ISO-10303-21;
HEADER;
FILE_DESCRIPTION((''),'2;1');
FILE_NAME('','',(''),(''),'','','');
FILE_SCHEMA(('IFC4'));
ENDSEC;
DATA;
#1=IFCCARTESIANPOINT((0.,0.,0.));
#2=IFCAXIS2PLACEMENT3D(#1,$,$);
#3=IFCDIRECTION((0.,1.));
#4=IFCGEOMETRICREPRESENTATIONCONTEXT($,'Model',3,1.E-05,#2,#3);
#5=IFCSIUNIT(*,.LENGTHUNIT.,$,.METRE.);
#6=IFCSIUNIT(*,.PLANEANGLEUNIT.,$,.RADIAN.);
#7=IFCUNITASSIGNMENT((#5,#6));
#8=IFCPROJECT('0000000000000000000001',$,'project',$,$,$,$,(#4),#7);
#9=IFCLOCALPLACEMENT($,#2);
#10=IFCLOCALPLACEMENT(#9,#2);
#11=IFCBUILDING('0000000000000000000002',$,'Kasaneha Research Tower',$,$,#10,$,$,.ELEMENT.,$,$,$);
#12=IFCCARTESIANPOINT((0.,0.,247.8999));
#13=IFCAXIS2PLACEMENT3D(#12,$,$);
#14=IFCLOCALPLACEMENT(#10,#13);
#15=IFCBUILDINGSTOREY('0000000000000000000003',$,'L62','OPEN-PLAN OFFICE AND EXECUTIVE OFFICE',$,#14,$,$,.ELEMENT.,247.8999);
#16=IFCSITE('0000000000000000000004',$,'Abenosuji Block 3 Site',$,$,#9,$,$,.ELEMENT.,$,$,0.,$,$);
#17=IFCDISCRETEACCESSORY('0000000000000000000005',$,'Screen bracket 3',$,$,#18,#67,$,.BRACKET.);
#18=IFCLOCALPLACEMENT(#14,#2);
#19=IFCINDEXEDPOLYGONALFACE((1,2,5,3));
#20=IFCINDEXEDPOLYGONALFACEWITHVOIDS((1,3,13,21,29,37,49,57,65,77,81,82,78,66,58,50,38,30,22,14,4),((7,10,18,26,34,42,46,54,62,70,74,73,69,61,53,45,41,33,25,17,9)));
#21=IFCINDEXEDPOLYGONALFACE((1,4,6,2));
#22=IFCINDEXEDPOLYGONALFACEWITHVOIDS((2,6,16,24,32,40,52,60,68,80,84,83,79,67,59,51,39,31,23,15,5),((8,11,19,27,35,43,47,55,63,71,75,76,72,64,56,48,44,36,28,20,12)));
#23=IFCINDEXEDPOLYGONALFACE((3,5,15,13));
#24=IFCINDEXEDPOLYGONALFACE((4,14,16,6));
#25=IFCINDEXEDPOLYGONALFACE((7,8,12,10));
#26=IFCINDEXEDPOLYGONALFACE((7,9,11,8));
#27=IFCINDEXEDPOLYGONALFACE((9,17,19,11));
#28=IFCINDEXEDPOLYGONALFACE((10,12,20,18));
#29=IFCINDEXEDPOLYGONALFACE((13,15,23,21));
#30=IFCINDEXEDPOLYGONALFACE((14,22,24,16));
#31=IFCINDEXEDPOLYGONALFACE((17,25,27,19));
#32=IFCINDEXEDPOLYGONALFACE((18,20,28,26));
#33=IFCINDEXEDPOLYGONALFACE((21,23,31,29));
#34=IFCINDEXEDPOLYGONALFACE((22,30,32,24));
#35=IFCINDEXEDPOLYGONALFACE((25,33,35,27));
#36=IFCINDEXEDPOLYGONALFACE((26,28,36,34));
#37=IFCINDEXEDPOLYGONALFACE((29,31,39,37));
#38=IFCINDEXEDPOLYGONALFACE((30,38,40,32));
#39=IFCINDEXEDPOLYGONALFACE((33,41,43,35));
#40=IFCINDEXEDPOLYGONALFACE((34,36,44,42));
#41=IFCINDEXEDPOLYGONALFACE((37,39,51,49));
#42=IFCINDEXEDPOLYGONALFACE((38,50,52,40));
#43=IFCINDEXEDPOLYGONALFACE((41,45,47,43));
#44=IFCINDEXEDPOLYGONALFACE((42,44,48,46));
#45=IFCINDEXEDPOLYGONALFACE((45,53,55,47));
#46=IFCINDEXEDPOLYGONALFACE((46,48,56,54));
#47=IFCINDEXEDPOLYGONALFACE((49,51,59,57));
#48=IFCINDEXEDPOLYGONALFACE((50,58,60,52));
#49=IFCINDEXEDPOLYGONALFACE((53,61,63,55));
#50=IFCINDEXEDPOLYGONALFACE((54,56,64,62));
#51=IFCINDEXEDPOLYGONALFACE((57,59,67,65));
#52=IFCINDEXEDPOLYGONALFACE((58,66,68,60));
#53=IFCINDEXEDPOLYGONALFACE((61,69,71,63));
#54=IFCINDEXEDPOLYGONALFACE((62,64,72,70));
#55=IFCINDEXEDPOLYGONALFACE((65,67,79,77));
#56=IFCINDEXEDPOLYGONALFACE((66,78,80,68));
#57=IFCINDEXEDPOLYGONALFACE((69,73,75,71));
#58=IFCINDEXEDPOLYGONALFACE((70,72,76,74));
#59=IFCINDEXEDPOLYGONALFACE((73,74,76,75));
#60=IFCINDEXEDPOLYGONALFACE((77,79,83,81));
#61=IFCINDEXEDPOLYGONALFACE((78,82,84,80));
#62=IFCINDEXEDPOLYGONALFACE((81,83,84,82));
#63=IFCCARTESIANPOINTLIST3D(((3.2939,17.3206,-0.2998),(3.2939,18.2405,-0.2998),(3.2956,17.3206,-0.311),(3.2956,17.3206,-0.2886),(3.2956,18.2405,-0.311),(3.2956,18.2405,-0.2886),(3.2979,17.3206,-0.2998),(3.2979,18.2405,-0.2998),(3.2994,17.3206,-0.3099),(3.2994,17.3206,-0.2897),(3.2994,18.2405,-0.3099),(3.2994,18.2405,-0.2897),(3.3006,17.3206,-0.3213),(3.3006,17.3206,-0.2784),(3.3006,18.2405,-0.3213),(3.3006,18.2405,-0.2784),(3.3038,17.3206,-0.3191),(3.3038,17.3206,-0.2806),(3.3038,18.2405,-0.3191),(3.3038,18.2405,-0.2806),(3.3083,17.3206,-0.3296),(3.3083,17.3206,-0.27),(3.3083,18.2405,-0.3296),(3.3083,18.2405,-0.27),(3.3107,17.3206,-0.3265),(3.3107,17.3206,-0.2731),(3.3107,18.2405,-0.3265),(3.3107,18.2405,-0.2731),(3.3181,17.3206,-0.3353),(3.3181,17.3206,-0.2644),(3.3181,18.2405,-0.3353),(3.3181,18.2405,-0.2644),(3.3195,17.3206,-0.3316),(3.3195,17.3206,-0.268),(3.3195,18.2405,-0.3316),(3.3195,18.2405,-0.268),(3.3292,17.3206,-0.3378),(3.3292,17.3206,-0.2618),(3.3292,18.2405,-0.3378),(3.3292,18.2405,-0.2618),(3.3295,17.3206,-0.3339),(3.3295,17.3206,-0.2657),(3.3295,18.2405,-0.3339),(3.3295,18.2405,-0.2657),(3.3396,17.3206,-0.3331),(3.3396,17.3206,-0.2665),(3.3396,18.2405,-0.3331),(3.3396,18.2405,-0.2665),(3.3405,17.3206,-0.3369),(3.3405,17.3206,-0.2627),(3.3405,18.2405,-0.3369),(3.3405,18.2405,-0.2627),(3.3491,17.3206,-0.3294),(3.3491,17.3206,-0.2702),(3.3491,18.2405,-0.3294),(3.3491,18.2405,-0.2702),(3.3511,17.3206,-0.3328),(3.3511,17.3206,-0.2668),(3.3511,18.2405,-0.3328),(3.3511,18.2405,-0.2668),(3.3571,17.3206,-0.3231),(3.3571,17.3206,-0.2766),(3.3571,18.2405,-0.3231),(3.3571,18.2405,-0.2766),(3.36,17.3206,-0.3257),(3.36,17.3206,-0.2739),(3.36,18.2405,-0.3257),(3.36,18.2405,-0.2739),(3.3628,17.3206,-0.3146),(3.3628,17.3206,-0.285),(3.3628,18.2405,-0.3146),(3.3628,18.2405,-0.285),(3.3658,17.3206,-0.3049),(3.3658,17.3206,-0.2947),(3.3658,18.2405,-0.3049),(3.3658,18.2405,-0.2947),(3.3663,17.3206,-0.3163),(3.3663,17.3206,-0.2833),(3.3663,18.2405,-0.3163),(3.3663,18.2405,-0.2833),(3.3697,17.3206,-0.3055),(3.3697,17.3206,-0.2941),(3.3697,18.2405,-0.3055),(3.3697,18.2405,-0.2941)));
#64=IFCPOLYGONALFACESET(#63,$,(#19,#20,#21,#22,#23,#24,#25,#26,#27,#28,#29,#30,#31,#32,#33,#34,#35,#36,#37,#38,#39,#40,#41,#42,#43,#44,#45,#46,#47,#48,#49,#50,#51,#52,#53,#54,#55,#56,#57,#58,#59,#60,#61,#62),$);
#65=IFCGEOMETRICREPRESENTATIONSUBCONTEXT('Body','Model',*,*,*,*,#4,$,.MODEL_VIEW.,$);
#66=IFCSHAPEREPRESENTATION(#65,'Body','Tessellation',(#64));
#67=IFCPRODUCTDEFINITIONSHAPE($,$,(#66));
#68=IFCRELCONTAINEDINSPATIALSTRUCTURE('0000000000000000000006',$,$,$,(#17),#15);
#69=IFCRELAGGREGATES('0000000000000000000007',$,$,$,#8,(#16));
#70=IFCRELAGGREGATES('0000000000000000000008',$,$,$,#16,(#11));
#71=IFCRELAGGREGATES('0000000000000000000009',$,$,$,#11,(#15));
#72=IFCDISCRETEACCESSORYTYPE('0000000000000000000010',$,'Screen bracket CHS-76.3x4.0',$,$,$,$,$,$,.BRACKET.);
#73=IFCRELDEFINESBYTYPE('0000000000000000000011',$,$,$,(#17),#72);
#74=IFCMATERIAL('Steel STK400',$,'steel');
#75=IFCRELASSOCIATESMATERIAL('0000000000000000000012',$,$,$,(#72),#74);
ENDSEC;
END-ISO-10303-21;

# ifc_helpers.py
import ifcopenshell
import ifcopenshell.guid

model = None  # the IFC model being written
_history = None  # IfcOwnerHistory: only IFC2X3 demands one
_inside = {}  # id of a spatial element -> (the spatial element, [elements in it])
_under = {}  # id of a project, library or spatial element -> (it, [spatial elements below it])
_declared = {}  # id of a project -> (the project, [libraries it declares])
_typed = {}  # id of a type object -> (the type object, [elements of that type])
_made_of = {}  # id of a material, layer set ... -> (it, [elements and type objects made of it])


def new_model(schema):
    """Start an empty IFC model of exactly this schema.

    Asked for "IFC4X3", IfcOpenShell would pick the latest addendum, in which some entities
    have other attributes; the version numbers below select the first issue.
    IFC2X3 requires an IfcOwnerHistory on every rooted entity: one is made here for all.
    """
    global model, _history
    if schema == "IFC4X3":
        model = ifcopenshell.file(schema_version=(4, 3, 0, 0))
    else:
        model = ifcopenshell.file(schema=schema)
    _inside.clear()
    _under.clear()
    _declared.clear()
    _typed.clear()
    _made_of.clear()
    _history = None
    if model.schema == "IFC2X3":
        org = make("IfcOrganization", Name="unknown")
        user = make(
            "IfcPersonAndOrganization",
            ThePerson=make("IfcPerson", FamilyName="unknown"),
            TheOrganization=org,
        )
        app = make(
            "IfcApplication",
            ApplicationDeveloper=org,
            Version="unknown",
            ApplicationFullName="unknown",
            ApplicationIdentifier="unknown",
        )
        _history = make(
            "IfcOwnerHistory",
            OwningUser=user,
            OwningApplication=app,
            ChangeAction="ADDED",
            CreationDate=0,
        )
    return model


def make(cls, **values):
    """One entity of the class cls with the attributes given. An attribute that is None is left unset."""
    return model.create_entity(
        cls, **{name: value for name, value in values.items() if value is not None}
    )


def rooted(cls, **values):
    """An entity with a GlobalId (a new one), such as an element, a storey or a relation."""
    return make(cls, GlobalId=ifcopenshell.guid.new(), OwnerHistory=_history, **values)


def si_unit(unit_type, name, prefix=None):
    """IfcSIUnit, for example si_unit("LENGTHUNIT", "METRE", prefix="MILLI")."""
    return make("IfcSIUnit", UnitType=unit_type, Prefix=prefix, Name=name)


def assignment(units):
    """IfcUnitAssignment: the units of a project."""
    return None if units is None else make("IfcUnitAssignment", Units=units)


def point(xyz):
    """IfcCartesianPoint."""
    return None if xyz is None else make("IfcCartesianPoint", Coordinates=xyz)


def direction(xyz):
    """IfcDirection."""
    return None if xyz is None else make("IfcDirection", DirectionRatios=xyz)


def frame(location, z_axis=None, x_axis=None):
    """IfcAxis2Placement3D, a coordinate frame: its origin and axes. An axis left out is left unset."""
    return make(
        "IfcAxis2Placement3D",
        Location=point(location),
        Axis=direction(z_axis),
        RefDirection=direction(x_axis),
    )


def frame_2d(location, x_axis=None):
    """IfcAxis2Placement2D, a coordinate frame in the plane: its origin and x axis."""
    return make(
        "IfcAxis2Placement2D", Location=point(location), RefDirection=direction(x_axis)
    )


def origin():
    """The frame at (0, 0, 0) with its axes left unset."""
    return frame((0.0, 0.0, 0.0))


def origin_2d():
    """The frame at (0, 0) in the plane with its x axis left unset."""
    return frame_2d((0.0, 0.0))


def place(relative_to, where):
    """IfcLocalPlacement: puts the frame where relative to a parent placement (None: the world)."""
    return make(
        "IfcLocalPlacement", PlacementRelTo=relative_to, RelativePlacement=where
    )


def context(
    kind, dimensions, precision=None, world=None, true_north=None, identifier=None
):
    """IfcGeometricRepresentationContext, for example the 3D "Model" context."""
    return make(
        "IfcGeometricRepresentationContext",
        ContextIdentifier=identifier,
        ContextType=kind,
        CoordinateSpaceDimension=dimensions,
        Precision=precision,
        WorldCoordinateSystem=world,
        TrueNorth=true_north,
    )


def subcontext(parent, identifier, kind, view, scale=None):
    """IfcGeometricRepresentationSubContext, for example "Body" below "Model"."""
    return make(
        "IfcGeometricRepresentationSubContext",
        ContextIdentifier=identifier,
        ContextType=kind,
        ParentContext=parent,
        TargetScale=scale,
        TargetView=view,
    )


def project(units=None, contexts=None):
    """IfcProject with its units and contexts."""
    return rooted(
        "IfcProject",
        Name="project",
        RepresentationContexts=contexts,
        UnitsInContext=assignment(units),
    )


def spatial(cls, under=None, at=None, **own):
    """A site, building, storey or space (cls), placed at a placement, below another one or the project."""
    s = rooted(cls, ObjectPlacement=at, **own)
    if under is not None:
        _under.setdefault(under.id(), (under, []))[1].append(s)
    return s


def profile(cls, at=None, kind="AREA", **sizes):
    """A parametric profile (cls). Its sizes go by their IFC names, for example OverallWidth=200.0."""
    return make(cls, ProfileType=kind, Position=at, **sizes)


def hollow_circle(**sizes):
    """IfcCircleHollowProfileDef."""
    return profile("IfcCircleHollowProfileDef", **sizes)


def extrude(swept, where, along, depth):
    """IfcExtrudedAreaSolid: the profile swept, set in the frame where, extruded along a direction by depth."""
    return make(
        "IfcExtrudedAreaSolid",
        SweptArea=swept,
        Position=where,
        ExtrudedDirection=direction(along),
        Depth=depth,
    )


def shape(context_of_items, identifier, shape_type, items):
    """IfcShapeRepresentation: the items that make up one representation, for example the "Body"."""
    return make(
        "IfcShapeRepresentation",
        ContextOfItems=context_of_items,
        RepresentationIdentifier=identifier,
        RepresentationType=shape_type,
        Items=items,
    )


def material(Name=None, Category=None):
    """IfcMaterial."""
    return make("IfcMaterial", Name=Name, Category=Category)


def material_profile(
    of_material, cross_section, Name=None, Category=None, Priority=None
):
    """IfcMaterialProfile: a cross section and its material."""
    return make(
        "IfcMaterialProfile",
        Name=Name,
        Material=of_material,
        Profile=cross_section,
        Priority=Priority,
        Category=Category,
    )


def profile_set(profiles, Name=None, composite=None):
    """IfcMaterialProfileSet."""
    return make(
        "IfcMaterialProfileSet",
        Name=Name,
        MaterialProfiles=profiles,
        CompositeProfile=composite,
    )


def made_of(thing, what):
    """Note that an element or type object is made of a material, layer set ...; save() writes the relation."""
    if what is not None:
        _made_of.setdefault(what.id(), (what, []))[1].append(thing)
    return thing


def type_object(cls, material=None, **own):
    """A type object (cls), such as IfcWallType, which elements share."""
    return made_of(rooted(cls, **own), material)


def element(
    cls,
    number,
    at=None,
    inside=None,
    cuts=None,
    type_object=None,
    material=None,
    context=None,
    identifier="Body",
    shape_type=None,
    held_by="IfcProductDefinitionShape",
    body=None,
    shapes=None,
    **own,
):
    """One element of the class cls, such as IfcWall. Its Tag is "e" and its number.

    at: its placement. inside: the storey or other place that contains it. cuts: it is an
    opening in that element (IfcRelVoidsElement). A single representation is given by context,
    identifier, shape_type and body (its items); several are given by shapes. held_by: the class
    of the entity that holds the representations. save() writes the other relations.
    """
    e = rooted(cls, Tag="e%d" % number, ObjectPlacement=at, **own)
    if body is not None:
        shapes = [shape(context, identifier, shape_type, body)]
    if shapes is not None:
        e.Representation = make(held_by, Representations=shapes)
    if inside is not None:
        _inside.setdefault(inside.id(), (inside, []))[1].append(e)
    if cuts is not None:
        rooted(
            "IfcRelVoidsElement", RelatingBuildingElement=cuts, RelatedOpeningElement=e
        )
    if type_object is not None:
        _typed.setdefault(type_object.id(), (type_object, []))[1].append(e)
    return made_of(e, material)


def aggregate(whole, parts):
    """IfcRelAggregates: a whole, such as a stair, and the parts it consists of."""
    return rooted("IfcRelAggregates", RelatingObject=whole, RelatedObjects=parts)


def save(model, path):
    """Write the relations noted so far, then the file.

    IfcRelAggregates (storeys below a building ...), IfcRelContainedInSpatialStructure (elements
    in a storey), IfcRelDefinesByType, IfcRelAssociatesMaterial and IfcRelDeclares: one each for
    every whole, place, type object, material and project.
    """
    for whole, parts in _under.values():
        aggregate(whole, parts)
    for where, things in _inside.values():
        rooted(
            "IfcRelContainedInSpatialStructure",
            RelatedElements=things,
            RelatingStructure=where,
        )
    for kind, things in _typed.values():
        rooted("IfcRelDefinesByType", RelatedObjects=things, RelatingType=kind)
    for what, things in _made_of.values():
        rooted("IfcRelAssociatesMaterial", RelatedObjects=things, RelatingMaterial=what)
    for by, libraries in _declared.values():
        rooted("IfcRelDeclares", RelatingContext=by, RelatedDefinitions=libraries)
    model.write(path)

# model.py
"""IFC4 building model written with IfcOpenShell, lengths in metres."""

from ifc_helpers import new_model, si_unit, direction, frame, origin, origin_2d, place, context, subcontext, project, spatial, hollow_circle, extrude, material, material_profile, profile_set, type_object, element, save


model = new_model("IFC4")

# Units and contexts
model_context = context("Model", 3, precision=1e-05, world=origin(), true_north=direction((0.0, 1.0)))
body_context = subcontext(model_context, "Body", "Model", "MODEL_VIEW")
ifc_project = project(units=[si_unit("LENGTHUNIT", "METRE"), si_unit("PLANEANGLEUNIT", "RADIAN")], contexts=[model_context])

# Site, building, storey
site_placement = place(None, origin())
site = spatial("IfcSite", under=ifc_project, at=site_placement, Name="Abenosuji Block 3 Site", CompositionType="ELEMENT", RefElevation=0.0)
building_placement = place(site_placement, origin())
building = spatial("IfcBuilding", under=site, at=building_placement, Name="Kasaneha Research Tower", CompositionType="ELEMENT")
storey_placement = place(building_placement, frame((0.0, 0.0, 247.8999)))
storey = spatial("IfcBuildingStorey", under=building, at=storey_placement, Name="L62", Description="OPEN-PLAN OFFICE AND EXECUTIVE OFFICE", CompositionType="ELEMENT", Elevation=247.8999)

# Discrete accessory
ifc_material_1 = material(Name="Steel STK400", Category="steel")
ifc_material_profile_1 = material_profile(ifc_material_1, hollow_circle(Radius=0.0381, WallThickness=0.0039, at=origin_2d()), Name="CHS-76.3x4.0")
ifc_profile_set_1 = profile_set([ifc_material_profile_1], Name="Steel STK400")
discrete_accessory_type = type_object("IfcDiscreteAccessoryType", Name="Screen bracket CHS-76.3x4.0", PredefinedType="BRACKET", material=ifc_profile_set_1)
for number, where, z_axis, x_axis, name in (
    (1, (3.332, 17.3206, -0.2998), (0.0, 1.0, 0.0), (-1.0, 0.0, 0.0), "Screen bracket 3"),
):
    element("IfcDiscreteAccessory", number, at=place(storey_placement, frame(where, z_axis=z_axis, x_axis=x_axis)), inside=storey, type_object=discrete_accessory_type, Name=name, PredefinedType="BRACKET", context=body_context, shape_type="SweptSolid", body=[
        extrude(hollow_circle(Radius=0.0381, WallThickness=0.0039, at=origin_2d()), origin(), (0.0, 0.0, 1.0), 0.9199),
    ])

save(model, "model.ifc")
